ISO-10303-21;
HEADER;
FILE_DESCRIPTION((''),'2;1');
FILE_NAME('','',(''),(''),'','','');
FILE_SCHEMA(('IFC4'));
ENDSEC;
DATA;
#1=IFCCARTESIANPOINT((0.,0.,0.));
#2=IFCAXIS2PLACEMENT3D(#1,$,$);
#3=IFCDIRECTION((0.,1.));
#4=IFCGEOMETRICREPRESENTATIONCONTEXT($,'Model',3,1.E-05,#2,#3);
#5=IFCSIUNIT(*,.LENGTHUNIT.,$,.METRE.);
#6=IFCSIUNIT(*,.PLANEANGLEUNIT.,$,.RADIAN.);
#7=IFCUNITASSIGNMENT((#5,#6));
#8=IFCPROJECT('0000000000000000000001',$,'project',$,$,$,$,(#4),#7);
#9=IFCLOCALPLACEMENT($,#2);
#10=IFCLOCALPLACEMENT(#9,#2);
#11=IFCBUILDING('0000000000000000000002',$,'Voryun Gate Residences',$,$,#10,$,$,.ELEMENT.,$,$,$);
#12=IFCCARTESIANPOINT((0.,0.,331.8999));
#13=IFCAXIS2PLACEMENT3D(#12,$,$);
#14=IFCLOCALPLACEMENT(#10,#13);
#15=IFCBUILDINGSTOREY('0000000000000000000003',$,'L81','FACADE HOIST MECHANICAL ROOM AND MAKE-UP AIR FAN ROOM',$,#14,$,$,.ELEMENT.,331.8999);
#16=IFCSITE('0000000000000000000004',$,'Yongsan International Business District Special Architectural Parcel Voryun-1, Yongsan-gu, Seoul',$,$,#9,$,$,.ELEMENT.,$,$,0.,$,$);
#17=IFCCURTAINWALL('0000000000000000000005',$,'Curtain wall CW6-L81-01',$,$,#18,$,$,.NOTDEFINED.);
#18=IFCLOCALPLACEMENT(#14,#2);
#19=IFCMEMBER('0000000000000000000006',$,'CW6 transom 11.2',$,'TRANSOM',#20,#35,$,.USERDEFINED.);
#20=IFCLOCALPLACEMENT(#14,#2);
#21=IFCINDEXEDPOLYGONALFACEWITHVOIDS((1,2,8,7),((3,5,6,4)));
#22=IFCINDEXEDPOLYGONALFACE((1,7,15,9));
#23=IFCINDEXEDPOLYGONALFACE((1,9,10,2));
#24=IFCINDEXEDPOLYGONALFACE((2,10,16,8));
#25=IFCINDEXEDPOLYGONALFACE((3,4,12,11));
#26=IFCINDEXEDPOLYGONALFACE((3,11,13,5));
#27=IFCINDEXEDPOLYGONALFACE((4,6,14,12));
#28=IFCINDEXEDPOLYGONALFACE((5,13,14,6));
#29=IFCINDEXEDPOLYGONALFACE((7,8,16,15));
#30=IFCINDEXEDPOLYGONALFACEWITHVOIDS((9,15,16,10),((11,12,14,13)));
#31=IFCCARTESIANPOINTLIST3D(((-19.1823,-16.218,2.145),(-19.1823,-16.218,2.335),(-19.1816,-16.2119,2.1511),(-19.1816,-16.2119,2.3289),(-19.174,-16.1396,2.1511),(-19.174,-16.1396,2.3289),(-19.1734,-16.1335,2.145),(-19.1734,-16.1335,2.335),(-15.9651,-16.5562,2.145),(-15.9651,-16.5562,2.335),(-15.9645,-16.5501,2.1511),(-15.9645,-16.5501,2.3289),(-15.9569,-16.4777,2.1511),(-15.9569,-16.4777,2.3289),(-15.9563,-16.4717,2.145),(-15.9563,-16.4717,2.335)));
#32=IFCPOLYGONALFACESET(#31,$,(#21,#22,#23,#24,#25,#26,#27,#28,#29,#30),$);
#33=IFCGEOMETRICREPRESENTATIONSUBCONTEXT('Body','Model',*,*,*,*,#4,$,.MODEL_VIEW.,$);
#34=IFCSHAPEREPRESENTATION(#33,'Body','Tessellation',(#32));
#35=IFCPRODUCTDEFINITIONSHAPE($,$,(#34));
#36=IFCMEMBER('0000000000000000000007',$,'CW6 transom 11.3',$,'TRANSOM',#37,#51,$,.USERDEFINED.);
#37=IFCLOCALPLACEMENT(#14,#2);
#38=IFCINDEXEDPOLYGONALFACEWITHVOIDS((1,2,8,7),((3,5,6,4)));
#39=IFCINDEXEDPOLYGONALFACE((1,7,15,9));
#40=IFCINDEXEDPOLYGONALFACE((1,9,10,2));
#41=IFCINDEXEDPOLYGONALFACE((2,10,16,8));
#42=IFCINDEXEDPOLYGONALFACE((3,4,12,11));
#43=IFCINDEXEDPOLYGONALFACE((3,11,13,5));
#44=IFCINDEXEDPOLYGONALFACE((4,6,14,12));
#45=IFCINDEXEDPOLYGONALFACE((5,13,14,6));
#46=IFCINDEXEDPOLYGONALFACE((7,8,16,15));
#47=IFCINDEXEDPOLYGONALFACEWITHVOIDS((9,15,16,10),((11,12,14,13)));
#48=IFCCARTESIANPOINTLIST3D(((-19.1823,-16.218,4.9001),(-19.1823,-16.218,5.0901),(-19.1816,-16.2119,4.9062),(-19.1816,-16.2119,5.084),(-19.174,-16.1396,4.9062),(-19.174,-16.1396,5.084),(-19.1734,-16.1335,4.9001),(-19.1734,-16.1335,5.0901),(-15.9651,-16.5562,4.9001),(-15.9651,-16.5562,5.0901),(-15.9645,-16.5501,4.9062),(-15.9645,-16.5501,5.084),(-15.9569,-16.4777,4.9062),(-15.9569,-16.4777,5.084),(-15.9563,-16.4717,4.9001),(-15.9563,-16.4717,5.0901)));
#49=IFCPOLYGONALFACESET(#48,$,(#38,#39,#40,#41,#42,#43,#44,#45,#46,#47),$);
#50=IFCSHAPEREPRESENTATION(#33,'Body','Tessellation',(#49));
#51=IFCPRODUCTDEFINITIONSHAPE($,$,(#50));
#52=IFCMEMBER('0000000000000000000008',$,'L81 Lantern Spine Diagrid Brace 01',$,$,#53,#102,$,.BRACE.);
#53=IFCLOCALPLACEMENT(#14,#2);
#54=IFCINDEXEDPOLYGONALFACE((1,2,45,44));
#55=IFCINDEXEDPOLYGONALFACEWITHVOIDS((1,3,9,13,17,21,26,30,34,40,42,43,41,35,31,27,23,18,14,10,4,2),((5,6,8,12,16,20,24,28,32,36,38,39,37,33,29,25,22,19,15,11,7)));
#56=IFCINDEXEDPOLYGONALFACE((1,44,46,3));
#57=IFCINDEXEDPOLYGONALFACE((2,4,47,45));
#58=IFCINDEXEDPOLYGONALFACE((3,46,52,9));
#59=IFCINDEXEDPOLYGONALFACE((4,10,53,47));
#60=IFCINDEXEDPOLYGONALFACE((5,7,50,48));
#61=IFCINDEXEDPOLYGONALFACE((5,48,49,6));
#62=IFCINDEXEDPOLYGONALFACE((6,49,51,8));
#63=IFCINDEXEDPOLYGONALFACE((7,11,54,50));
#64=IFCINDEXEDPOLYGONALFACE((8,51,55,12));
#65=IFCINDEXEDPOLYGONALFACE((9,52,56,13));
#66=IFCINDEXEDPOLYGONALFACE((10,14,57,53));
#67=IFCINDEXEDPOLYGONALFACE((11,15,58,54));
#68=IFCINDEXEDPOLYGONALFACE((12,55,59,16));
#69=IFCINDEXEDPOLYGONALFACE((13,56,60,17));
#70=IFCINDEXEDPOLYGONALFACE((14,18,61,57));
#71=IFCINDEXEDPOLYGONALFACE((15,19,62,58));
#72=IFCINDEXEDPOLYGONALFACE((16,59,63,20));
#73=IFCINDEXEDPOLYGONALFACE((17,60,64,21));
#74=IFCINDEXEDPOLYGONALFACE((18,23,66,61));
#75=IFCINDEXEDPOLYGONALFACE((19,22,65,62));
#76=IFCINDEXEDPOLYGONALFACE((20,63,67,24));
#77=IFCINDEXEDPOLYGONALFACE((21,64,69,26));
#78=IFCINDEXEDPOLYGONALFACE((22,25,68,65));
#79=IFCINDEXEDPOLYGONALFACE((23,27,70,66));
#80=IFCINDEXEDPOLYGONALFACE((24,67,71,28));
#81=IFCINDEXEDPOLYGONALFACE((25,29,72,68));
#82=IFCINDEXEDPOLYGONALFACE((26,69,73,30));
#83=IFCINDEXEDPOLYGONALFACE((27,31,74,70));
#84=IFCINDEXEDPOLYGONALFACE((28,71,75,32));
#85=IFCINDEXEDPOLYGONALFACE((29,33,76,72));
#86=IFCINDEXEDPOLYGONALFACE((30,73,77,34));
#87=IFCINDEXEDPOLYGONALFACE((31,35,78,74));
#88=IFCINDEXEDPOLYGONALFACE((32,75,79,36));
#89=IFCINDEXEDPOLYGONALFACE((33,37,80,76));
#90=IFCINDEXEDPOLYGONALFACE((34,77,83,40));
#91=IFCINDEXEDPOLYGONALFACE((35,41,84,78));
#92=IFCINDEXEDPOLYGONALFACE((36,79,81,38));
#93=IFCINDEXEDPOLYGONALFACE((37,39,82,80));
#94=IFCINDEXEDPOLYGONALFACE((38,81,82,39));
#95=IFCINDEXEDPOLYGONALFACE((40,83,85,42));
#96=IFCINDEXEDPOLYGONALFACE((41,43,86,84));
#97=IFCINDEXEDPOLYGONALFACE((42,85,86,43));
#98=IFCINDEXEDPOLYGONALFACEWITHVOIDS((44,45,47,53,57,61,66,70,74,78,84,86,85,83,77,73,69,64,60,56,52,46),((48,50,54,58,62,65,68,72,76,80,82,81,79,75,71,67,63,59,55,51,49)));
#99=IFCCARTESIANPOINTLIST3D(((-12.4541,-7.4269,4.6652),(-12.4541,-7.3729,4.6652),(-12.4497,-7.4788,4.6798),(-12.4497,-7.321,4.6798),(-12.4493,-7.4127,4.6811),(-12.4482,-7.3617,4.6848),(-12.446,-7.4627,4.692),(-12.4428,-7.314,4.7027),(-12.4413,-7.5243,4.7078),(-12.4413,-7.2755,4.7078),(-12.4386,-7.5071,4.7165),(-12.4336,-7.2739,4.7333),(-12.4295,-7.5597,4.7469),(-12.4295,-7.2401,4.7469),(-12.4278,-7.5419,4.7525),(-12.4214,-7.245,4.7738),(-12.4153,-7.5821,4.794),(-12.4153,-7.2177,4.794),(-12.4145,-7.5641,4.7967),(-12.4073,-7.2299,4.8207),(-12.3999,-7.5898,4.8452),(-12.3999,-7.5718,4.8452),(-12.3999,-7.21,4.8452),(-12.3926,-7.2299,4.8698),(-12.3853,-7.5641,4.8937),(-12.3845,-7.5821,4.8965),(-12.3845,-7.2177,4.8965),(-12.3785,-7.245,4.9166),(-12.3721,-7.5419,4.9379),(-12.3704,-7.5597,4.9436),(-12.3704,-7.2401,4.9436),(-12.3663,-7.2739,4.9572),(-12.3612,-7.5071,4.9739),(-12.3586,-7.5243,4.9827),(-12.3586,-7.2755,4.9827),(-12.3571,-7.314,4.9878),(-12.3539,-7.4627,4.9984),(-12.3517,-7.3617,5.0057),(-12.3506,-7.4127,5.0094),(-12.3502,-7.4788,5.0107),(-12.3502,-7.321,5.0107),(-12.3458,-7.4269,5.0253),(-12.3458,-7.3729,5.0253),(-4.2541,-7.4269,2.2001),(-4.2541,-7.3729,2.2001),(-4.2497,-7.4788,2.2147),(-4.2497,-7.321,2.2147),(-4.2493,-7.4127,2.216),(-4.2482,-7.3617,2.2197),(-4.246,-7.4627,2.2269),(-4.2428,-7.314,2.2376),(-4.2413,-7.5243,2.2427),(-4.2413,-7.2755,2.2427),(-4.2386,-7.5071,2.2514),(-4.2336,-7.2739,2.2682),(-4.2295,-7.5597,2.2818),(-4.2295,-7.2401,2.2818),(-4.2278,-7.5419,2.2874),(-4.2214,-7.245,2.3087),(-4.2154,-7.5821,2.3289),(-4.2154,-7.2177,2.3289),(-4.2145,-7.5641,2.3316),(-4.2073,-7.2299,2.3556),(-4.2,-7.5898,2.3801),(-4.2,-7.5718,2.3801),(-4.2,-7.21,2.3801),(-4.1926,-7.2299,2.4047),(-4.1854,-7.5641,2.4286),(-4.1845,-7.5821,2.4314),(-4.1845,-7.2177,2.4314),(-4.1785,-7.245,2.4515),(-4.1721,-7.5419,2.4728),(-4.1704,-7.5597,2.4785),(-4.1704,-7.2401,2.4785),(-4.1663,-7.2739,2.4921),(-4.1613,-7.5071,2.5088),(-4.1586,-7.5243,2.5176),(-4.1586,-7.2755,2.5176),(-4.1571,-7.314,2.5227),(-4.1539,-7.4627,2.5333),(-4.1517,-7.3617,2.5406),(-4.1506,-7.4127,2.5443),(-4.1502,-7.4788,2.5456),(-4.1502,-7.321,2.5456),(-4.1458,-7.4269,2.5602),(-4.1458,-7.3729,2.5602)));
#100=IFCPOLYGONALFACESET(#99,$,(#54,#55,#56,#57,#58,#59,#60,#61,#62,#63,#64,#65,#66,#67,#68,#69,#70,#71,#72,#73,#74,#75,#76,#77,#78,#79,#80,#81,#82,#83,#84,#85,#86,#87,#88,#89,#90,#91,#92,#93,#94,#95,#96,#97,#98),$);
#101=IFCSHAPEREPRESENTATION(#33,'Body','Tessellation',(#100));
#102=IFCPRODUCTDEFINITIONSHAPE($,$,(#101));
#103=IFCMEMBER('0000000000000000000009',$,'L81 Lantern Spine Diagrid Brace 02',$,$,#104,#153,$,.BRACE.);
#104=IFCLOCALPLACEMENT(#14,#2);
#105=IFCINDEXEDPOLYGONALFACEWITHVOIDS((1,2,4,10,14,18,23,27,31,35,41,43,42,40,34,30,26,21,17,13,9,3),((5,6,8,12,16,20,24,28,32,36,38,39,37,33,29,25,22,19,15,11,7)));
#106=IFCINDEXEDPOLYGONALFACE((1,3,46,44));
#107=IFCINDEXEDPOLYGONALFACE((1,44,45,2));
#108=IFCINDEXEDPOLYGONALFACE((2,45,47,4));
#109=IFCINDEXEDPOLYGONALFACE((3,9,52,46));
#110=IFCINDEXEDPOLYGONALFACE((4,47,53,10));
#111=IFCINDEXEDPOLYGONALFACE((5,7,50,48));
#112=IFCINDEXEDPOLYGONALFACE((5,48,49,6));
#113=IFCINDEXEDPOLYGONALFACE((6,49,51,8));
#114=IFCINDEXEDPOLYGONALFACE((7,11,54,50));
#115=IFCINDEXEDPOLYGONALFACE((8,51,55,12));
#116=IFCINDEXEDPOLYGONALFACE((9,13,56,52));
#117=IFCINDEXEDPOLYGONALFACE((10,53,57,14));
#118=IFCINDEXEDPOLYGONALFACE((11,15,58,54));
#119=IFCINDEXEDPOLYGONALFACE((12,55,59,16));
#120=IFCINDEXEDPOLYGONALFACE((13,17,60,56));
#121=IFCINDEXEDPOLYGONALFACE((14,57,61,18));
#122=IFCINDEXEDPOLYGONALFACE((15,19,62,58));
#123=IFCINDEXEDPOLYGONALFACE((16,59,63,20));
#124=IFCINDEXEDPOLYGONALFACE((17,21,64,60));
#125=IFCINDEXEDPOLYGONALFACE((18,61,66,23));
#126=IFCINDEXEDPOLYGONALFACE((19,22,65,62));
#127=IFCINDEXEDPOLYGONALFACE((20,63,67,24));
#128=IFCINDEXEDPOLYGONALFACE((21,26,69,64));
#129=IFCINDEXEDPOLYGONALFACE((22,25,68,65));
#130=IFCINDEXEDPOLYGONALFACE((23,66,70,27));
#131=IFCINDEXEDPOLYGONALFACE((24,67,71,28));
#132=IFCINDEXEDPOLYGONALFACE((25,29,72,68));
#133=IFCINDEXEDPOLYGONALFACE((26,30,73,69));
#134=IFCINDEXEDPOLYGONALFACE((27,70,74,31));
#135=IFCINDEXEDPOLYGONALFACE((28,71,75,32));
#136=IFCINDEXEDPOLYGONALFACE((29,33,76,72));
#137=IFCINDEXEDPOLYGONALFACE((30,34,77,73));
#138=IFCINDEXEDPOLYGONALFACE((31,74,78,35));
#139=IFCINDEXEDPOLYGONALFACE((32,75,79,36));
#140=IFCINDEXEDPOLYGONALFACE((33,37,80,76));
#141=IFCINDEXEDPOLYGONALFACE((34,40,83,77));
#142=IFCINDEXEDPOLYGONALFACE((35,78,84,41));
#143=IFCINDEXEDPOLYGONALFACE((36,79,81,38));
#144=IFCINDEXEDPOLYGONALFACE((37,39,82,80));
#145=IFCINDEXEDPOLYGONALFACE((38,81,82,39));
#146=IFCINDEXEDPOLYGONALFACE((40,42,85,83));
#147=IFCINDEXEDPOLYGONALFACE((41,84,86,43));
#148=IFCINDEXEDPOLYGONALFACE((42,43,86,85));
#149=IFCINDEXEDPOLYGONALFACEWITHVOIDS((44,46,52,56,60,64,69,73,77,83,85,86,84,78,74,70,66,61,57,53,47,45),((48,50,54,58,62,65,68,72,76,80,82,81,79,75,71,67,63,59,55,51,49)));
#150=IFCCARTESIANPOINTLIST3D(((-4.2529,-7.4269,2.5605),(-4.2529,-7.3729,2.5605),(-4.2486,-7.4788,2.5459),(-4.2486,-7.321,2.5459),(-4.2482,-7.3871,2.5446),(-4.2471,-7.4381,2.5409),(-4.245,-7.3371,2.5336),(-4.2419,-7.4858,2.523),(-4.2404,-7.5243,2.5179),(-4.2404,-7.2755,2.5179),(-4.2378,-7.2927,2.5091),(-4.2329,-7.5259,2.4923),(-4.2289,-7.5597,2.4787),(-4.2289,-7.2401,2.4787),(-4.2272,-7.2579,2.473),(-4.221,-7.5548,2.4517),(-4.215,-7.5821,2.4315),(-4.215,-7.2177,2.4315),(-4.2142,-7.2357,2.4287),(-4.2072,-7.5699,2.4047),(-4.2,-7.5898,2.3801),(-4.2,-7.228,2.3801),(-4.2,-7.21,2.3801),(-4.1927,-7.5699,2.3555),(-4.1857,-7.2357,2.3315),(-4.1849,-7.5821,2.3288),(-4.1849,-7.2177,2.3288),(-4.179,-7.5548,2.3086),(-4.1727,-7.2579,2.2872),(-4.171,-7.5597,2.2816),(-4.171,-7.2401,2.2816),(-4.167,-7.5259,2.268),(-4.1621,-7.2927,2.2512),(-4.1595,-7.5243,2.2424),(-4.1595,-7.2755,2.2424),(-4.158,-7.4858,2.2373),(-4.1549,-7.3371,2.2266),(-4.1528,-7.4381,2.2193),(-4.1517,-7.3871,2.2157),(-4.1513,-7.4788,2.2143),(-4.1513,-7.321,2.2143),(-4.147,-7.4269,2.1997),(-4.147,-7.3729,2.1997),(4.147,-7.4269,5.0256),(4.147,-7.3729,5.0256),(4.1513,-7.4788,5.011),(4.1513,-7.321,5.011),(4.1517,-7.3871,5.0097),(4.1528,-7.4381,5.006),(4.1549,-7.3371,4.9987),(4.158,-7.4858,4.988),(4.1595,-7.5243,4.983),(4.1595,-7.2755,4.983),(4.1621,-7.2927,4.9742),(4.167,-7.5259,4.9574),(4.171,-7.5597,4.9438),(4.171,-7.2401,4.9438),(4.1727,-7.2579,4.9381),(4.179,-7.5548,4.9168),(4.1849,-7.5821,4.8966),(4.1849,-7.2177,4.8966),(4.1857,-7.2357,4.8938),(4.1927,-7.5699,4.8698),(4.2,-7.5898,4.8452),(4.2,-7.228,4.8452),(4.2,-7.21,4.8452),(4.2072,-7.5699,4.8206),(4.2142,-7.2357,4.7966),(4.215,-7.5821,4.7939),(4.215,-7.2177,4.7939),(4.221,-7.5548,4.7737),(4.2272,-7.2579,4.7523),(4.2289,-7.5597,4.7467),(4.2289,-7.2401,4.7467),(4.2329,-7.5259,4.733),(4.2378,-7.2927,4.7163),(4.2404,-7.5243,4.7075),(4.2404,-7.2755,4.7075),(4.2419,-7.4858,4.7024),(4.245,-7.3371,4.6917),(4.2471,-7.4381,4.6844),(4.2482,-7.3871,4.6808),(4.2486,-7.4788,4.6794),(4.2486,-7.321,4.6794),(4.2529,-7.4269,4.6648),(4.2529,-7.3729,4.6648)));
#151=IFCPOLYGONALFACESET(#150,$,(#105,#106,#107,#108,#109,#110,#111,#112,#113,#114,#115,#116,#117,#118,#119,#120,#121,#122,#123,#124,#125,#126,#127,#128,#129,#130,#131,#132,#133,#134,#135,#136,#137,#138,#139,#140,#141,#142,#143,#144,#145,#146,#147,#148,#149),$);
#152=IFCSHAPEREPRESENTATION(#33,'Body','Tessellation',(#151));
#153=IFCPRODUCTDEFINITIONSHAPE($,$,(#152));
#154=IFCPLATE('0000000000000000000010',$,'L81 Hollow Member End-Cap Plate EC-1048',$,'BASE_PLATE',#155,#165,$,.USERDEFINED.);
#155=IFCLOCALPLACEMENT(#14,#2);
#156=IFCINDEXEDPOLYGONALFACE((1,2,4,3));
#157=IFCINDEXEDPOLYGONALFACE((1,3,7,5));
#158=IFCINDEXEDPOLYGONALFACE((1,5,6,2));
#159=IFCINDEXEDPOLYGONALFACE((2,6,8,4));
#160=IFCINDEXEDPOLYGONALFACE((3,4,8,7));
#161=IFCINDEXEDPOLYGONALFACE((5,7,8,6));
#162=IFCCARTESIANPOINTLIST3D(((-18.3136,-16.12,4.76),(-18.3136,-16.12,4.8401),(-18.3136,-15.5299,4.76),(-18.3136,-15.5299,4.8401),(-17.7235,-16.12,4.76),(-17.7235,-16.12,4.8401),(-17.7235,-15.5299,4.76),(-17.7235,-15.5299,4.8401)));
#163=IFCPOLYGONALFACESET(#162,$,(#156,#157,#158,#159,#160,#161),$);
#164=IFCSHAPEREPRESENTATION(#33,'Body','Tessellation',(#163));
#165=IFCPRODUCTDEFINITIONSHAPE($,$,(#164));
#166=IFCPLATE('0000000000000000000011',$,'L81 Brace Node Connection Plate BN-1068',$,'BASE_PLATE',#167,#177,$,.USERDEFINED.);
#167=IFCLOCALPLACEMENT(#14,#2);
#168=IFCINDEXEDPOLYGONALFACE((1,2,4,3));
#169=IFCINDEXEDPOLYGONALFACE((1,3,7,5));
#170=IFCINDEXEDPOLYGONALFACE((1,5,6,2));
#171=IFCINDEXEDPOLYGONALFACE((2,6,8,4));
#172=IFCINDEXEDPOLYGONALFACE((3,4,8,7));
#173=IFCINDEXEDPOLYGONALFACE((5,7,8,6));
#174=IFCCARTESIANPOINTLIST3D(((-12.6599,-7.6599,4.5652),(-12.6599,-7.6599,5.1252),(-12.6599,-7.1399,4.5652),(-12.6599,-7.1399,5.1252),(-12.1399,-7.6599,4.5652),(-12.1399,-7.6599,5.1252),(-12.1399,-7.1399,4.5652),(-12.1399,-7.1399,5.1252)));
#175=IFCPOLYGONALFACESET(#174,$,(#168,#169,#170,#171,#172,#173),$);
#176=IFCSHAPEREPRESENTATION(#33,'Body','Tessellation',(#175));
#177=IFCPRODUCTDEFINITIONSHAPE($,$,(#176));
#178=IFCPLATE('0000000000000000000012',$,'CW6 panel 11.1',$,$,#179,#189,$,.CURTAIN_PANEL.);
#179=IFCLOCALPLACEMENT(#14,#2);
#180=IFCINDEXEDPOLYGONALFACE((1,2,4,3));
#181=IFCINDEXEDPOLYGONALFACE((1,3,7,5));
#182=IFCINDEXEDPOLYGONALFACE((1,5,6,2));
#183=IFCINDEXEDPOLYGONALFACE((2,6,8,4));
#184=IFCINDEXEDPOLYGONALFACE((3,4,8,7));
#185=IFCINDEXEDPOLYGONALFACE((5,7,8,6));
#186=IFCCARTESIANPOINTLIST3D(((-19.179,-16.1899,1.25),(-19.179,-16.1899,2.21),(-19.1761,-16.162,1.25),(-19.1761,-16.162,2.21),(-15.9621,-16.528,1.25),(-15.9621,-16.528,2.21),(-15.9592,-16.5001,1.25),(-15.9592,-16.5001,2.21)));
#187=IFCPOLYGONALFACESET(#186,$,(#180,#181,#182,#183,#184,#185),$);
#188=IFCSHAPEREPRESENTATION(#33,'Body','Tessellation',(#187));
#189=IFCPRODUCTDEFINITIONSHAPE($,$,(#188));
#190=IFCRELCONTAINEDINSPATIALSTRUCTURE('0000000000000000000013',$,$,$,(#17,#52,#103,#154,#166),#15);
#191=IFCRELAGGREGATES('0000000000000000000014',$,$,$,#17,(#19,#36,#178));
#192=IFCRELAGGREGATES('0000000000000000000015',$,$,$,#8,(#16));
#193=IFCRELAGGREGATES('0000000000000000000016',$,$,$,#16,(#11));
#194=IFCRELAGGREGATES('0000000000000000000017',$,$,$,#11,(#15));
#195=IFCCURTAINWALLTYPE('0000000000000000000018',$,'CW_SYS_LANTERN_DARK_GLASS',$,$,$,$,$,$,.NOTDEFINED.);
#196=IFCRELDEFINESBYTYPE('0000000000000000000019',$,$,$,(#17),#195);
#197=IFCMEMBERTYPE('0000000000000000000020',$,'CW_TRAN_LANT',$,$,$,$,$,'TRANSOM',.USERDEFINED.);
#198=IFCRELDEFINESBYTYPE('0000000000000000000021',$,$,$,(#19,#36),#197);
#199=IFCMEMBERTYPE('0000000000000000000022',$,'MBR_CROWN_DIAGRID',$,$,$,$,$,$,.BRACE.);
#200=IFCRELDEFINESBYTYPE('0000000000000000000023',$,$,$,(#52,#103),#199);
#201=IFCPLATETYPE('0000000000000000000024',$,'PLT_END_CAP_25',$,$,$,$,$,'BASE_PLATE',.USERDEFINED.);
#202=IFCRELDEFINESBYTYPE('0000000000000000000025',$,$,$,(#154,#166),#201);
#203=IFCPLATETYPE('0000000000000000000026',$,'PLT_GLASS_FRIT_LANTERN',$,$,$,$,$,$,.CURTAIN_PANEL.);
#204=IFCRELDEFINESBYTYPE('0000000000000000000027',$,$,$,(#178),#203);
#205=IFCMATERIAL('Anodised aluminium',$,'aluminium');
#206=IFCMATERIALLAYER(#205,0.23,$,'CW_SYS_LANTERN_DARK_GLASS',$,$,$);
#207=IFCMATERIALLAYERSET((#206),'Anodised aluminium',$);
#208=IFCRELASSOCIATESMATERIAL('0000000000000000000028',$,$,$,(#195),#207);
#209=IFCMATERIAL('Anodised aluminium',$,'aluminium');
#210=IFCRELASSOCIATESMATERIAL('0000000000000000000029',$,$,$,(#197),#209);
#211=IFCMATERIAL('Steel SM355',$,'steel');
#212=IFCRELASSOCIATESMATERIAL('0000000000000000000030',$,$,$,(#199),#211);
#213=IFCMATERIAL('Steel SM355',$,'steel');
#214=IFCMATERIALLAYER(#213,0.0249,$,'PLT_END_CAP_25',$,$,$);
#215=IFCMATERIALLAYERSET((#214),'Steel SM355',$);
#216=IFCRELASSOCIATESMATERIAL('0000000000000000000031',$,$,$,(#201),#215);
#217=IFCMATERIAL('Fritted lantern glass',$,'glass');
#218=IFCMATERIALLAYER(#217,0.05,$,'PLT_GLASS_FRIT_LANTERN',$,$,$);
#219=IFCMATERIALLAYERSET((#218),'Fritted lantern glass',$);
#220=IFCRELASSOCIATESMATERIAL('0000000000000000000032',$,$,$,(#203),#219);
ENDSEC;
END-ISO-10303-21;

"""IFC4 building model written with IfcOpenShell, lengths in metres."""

from ifc_helpers import new_model, si_unit, direction, frame, origin, origin_2d, place, context, subcontext, project, spatial, rectangle, hollow_rectangle, hollow_circle, extrude, material, layer, layer_set, material_profile, profile_set, type_object, element, aggregate, save


model = new_model("IFC4")

# Units and contexts
model_context = context("Model", 3, precision=1e-05, world=origin(), true_north=direction((0.0, 1.0)))
body_context = subcontext(model_context, "Body", "Model", "MODEL_VIEW")
ifc_project = project(units=[si_unit("LENGTHUNIT", "METRE"), si_unit("PLANEANGLEUNIT", "RADIAN")], contexts=[model_context])

# Site, building, storey
site_placement = place(None, origin())
site = spatial("IfcSite", under=ifc_project, at=site_placement, Name="Yongsan International Business District Special Architectural Parcel Voryun-1, Yongsan-gu, Seoul", CompositionType="ELEMENT", RefElevation=0.0)
building_placement = place(site_placement, origin())
building = spatial("IfcBuilding", under=site, at=building_placement, Name="Voryun Gate Residences", CompositionType="ELEMENT")
storey_placement = place(building_placement, frame((0.0, 0.0, 331.8999)))
storey = spatial("IfcBuildingStorey", under=building, at=storey_placement, Name="L81", Description="FACADE HOIST MECHANICAL ROOM AND MAKE-UP AIR FAN ROOM", CompositionType="ELEMENT", Elevation=331.8999)

# Curtain wall, members
ifc_material_1 = material(Name="Anodised aluminium", Category="aluminium")
ifc_layer_1 = layer(ifc_material_1, 0.23, Name="CW_SYS_LANTERN_DARK_GLASS")
ifc_layer_set_1 = layer_set([ifc_layer_1], Name="Anodised aluminium")
curtain_wall_type = type_object("IfcCurtainWallType", Name="CW_SYS_LANTERN_DARK_GLASS", PredefinedType="NOTDEFINED", material=ifc_layer_set_1)
curtain_wall_placement = place(storey_placement, origin())
curtain_wall = element("IfcCurtainWall", 1, at=curtain_wall_placement, inside=storey, type_object=curtain_wall_type, Name="Curtain wall CW6-L81-01", PredefinedType="NOTDEFINED")
ifc_material_2 = material(Name="Anodised aluminium", Category="aluminium")
ifc_material_profile_1 = material_profile(ifc_material_2, hollow_rectangle(XDim=0.085, YDim=0.1899, WallThickness=0.0061, at=origin_2d()), Name="ALU-TRAN-190x85x6")
ifc_profile_set_1 = profile_set([ifc_material_profile_1], Name="Anodised aluminium")
member_type_1 = type_object("IfcMemberType", Name="CW_TRAN_LANT", ElementType="TRANSOM", PredefinedType="USERDEFINED", material=ifc_profile_set_1)
member_1_placement = place(storey_placement, frame((-15.9607, -16.5139, 2.24), z_axis=(-0.994522, 0.104532, 0.0), x_axis=(-0.104532, -0.994522, 0.0)))
member_1 = element("IfcMember", 2, at=member_1_placement, type_object=member_type_1, Name="CW6 transom 11.2", ObjectType="TRANSOM", PredefinedType="USERDEFINED", context=body_context, shape_type="SweptSolid", body=[
    extrude(hollow_rectangle(XDim=0.085, YDim=0.1899, WallThickness=0.0061, at=origin_2d()), origin(), (0.0, 0.0, 1.0), 3.2349),
])
member_2_placement = place(storey_placement, frame((-15.9607, -16.5139, 4.9951), z_axis=(-0.994522, 0.104532, 0.0), x_axis=(-0.104532, -0.994522, 0.0)))
member_2 = element("IfcMember", 3, at=member_2_placement, type_object=member_type_1, Name="CW6 transom 11.3", ObjectType="TRANSOM", PredefinedType="USERDEFINED", context=body_context, shape_type="SweptSolid", body=[
    extrude(hollow_rectangle(XDim=0.085, YDim=0.1899, WallThickness=0.0061, at=origin_2d()), origin(), (0.0, 0.0, 1.0), 3.2349),
])

# Members
ifc_material_3 = material(Name="Steel SM355", Category="steel")
ifc_material_profile_2 = material_profile(ifc_material_3, hollow_circle(Radius=0.1899, WallThickness=0.0181, at=origin_2d()), Name="CHS-380x18")
ifc_profile_set_2 = profile_set([ifc_material_profile_2], Name="Steel SM355")
member_type_2 = type_object("IfcMemberType", Name="MBR_CROWN_DIAGRID", PredefinedType="BRACE", material=ifc_profile_set_2)
member_3_placement = place(storey_placement, frame((-4.2, -7.3999, 2.3801), z_axis=(-0.957662, 0.0, 0.287895), x_axis=(0.0, -1.0, 0.0)))
element("IfcMember", 4, at=member_3_placement, inside=storey, type_object=member_type_2, Name="L81 Lantern Spine Diagrid Brace 01", PredefinedType="BRACE", context=body_context, shape_type="SweptSolid", body=[
    extrude(hollow_circle(Radius=0.1899, WallThickness=0.0181, at=origin_2d()), origin(), (0.0, 0.0, 1.0), 8.5625),
])
member_4_placement = place(storey_placement, frame((-4.2, -7.3999, 2.3801), z_axis=(0.959535, 0.0, 0.281591), x_axis=(0.0, 1.0, 0.0)))
element("IfcMember", 5, at=member_4_placement, inside=storey, type_object=member_type_2, Name="L81 Lantern Spine Diagrid Brace 02", PredefinedType="BRACE", context=body_context, shape_type="SweptSolid", body=[
    extrude(hollow_circle(Radius=0.1899, WallThickness=0.0181, at=origin_2d()), origin(), (0.0, 0.0, 1.0), 8.7542),
])

# Plates
ifc_material_4 = material(Name="Steel SM355", Category="steel")
ifc_layer_2 = layer(ifc_material_4, 0.0249, Name="PLT_END_CAP_25")
ifc_layer_set_2 = layer_set([ifc_layer_2], Name="Steel SM355")
plate_type_1 = type_object("IfcPlateType", Name="PLT_END_CAP_25", ElementType="BASE_PLATE", PredefinedType="USERDEFINED", material=ifc_layer_set_2)
plate_1_placement = place(storey_placement, frame((-18.0186, -15.825, 4.76), z_axis=(0.0, 0.0, 1.0), x_axis=(1.0, 0.0, 0.0)))
element("IfcPlate", 6, at=plate_1_placement, inside=storey, type_object=plate_type_1, Name="L81 Hollow Member End-Cap Plate EC-1048", ObjectType="BASE_PLATE", PredefinedType="USERDEFINED", context=body_context, shape_type="SweptSolid", body=[
    extrude(rectangle(XDim=0.5901, YDim=0.5901, at=origin_2d()), origin(), (0.0, 0.0, 1.0), 0.0801),
])
plate_2_placement = place(storey_placement, frame((-12.3999, -7.3999, 4.5652), z_axis=(0.0, 0.0, 1.0), x_axis=(1.0, 0.0, 0.0)))
element("IfcPlate", 7, at=plate_2_placement, inside=storey, type_object=plate_type_1, Name="L81 Brace Node Connection Plate BN-1068", ObjectType="BASE_PLATE", PredefinedType="USERDEFINED", context=body_context, shape_type="SweptSolid", body=[
    extrude(rectangle(XDim=0.52, YDim=0.52, at=origin_2d()), origin(), (0.0, 0.0, 1.0), 0.5601),
])

# Plate
ifc_material_5 = material(Name="Fritted lantern glass", Category="glass")
ifc_layer_3 = layer(ifc_material_5, 0.05, Name="PLT_GLASS_FRIT_LANTERN")
ifc_layer_set_3 = layer_set([ifc_layer_3], Name="Fritted lantern glass")
plate_type_2 = type_object("IfcPlateType", Name="PLT_GLASS_FRIT_LANTERN", PredefinedType="CURTAIN_PANEL", material=ifc_layer_set_3)
plate_3_placement = place(storey_placement, frame((-17.5691, -16.345, 1.25), z_axis=(0.0, 0.0, 1.0), x_axis=(-0.994522, 0.104528, 0.0)))
plate_3 = element("IfcPlate", 8, at=plate_3_placement, type_object=plate_type_2, Name="CW6 panel 11.1", PredefinedType="CURTAIN_PANEL", context=body_context, shape_type="SweptSolid", body=[
    extrude(rectangle(XDim=3.2346, YDim=0.0281, at=origin_2d()), origin(), (0.0, 0.0, 1.0), 0.96),
])
aggregate(curtain_wall, [member_1, member_2, plate_3])

save(model, "model.ifc")
